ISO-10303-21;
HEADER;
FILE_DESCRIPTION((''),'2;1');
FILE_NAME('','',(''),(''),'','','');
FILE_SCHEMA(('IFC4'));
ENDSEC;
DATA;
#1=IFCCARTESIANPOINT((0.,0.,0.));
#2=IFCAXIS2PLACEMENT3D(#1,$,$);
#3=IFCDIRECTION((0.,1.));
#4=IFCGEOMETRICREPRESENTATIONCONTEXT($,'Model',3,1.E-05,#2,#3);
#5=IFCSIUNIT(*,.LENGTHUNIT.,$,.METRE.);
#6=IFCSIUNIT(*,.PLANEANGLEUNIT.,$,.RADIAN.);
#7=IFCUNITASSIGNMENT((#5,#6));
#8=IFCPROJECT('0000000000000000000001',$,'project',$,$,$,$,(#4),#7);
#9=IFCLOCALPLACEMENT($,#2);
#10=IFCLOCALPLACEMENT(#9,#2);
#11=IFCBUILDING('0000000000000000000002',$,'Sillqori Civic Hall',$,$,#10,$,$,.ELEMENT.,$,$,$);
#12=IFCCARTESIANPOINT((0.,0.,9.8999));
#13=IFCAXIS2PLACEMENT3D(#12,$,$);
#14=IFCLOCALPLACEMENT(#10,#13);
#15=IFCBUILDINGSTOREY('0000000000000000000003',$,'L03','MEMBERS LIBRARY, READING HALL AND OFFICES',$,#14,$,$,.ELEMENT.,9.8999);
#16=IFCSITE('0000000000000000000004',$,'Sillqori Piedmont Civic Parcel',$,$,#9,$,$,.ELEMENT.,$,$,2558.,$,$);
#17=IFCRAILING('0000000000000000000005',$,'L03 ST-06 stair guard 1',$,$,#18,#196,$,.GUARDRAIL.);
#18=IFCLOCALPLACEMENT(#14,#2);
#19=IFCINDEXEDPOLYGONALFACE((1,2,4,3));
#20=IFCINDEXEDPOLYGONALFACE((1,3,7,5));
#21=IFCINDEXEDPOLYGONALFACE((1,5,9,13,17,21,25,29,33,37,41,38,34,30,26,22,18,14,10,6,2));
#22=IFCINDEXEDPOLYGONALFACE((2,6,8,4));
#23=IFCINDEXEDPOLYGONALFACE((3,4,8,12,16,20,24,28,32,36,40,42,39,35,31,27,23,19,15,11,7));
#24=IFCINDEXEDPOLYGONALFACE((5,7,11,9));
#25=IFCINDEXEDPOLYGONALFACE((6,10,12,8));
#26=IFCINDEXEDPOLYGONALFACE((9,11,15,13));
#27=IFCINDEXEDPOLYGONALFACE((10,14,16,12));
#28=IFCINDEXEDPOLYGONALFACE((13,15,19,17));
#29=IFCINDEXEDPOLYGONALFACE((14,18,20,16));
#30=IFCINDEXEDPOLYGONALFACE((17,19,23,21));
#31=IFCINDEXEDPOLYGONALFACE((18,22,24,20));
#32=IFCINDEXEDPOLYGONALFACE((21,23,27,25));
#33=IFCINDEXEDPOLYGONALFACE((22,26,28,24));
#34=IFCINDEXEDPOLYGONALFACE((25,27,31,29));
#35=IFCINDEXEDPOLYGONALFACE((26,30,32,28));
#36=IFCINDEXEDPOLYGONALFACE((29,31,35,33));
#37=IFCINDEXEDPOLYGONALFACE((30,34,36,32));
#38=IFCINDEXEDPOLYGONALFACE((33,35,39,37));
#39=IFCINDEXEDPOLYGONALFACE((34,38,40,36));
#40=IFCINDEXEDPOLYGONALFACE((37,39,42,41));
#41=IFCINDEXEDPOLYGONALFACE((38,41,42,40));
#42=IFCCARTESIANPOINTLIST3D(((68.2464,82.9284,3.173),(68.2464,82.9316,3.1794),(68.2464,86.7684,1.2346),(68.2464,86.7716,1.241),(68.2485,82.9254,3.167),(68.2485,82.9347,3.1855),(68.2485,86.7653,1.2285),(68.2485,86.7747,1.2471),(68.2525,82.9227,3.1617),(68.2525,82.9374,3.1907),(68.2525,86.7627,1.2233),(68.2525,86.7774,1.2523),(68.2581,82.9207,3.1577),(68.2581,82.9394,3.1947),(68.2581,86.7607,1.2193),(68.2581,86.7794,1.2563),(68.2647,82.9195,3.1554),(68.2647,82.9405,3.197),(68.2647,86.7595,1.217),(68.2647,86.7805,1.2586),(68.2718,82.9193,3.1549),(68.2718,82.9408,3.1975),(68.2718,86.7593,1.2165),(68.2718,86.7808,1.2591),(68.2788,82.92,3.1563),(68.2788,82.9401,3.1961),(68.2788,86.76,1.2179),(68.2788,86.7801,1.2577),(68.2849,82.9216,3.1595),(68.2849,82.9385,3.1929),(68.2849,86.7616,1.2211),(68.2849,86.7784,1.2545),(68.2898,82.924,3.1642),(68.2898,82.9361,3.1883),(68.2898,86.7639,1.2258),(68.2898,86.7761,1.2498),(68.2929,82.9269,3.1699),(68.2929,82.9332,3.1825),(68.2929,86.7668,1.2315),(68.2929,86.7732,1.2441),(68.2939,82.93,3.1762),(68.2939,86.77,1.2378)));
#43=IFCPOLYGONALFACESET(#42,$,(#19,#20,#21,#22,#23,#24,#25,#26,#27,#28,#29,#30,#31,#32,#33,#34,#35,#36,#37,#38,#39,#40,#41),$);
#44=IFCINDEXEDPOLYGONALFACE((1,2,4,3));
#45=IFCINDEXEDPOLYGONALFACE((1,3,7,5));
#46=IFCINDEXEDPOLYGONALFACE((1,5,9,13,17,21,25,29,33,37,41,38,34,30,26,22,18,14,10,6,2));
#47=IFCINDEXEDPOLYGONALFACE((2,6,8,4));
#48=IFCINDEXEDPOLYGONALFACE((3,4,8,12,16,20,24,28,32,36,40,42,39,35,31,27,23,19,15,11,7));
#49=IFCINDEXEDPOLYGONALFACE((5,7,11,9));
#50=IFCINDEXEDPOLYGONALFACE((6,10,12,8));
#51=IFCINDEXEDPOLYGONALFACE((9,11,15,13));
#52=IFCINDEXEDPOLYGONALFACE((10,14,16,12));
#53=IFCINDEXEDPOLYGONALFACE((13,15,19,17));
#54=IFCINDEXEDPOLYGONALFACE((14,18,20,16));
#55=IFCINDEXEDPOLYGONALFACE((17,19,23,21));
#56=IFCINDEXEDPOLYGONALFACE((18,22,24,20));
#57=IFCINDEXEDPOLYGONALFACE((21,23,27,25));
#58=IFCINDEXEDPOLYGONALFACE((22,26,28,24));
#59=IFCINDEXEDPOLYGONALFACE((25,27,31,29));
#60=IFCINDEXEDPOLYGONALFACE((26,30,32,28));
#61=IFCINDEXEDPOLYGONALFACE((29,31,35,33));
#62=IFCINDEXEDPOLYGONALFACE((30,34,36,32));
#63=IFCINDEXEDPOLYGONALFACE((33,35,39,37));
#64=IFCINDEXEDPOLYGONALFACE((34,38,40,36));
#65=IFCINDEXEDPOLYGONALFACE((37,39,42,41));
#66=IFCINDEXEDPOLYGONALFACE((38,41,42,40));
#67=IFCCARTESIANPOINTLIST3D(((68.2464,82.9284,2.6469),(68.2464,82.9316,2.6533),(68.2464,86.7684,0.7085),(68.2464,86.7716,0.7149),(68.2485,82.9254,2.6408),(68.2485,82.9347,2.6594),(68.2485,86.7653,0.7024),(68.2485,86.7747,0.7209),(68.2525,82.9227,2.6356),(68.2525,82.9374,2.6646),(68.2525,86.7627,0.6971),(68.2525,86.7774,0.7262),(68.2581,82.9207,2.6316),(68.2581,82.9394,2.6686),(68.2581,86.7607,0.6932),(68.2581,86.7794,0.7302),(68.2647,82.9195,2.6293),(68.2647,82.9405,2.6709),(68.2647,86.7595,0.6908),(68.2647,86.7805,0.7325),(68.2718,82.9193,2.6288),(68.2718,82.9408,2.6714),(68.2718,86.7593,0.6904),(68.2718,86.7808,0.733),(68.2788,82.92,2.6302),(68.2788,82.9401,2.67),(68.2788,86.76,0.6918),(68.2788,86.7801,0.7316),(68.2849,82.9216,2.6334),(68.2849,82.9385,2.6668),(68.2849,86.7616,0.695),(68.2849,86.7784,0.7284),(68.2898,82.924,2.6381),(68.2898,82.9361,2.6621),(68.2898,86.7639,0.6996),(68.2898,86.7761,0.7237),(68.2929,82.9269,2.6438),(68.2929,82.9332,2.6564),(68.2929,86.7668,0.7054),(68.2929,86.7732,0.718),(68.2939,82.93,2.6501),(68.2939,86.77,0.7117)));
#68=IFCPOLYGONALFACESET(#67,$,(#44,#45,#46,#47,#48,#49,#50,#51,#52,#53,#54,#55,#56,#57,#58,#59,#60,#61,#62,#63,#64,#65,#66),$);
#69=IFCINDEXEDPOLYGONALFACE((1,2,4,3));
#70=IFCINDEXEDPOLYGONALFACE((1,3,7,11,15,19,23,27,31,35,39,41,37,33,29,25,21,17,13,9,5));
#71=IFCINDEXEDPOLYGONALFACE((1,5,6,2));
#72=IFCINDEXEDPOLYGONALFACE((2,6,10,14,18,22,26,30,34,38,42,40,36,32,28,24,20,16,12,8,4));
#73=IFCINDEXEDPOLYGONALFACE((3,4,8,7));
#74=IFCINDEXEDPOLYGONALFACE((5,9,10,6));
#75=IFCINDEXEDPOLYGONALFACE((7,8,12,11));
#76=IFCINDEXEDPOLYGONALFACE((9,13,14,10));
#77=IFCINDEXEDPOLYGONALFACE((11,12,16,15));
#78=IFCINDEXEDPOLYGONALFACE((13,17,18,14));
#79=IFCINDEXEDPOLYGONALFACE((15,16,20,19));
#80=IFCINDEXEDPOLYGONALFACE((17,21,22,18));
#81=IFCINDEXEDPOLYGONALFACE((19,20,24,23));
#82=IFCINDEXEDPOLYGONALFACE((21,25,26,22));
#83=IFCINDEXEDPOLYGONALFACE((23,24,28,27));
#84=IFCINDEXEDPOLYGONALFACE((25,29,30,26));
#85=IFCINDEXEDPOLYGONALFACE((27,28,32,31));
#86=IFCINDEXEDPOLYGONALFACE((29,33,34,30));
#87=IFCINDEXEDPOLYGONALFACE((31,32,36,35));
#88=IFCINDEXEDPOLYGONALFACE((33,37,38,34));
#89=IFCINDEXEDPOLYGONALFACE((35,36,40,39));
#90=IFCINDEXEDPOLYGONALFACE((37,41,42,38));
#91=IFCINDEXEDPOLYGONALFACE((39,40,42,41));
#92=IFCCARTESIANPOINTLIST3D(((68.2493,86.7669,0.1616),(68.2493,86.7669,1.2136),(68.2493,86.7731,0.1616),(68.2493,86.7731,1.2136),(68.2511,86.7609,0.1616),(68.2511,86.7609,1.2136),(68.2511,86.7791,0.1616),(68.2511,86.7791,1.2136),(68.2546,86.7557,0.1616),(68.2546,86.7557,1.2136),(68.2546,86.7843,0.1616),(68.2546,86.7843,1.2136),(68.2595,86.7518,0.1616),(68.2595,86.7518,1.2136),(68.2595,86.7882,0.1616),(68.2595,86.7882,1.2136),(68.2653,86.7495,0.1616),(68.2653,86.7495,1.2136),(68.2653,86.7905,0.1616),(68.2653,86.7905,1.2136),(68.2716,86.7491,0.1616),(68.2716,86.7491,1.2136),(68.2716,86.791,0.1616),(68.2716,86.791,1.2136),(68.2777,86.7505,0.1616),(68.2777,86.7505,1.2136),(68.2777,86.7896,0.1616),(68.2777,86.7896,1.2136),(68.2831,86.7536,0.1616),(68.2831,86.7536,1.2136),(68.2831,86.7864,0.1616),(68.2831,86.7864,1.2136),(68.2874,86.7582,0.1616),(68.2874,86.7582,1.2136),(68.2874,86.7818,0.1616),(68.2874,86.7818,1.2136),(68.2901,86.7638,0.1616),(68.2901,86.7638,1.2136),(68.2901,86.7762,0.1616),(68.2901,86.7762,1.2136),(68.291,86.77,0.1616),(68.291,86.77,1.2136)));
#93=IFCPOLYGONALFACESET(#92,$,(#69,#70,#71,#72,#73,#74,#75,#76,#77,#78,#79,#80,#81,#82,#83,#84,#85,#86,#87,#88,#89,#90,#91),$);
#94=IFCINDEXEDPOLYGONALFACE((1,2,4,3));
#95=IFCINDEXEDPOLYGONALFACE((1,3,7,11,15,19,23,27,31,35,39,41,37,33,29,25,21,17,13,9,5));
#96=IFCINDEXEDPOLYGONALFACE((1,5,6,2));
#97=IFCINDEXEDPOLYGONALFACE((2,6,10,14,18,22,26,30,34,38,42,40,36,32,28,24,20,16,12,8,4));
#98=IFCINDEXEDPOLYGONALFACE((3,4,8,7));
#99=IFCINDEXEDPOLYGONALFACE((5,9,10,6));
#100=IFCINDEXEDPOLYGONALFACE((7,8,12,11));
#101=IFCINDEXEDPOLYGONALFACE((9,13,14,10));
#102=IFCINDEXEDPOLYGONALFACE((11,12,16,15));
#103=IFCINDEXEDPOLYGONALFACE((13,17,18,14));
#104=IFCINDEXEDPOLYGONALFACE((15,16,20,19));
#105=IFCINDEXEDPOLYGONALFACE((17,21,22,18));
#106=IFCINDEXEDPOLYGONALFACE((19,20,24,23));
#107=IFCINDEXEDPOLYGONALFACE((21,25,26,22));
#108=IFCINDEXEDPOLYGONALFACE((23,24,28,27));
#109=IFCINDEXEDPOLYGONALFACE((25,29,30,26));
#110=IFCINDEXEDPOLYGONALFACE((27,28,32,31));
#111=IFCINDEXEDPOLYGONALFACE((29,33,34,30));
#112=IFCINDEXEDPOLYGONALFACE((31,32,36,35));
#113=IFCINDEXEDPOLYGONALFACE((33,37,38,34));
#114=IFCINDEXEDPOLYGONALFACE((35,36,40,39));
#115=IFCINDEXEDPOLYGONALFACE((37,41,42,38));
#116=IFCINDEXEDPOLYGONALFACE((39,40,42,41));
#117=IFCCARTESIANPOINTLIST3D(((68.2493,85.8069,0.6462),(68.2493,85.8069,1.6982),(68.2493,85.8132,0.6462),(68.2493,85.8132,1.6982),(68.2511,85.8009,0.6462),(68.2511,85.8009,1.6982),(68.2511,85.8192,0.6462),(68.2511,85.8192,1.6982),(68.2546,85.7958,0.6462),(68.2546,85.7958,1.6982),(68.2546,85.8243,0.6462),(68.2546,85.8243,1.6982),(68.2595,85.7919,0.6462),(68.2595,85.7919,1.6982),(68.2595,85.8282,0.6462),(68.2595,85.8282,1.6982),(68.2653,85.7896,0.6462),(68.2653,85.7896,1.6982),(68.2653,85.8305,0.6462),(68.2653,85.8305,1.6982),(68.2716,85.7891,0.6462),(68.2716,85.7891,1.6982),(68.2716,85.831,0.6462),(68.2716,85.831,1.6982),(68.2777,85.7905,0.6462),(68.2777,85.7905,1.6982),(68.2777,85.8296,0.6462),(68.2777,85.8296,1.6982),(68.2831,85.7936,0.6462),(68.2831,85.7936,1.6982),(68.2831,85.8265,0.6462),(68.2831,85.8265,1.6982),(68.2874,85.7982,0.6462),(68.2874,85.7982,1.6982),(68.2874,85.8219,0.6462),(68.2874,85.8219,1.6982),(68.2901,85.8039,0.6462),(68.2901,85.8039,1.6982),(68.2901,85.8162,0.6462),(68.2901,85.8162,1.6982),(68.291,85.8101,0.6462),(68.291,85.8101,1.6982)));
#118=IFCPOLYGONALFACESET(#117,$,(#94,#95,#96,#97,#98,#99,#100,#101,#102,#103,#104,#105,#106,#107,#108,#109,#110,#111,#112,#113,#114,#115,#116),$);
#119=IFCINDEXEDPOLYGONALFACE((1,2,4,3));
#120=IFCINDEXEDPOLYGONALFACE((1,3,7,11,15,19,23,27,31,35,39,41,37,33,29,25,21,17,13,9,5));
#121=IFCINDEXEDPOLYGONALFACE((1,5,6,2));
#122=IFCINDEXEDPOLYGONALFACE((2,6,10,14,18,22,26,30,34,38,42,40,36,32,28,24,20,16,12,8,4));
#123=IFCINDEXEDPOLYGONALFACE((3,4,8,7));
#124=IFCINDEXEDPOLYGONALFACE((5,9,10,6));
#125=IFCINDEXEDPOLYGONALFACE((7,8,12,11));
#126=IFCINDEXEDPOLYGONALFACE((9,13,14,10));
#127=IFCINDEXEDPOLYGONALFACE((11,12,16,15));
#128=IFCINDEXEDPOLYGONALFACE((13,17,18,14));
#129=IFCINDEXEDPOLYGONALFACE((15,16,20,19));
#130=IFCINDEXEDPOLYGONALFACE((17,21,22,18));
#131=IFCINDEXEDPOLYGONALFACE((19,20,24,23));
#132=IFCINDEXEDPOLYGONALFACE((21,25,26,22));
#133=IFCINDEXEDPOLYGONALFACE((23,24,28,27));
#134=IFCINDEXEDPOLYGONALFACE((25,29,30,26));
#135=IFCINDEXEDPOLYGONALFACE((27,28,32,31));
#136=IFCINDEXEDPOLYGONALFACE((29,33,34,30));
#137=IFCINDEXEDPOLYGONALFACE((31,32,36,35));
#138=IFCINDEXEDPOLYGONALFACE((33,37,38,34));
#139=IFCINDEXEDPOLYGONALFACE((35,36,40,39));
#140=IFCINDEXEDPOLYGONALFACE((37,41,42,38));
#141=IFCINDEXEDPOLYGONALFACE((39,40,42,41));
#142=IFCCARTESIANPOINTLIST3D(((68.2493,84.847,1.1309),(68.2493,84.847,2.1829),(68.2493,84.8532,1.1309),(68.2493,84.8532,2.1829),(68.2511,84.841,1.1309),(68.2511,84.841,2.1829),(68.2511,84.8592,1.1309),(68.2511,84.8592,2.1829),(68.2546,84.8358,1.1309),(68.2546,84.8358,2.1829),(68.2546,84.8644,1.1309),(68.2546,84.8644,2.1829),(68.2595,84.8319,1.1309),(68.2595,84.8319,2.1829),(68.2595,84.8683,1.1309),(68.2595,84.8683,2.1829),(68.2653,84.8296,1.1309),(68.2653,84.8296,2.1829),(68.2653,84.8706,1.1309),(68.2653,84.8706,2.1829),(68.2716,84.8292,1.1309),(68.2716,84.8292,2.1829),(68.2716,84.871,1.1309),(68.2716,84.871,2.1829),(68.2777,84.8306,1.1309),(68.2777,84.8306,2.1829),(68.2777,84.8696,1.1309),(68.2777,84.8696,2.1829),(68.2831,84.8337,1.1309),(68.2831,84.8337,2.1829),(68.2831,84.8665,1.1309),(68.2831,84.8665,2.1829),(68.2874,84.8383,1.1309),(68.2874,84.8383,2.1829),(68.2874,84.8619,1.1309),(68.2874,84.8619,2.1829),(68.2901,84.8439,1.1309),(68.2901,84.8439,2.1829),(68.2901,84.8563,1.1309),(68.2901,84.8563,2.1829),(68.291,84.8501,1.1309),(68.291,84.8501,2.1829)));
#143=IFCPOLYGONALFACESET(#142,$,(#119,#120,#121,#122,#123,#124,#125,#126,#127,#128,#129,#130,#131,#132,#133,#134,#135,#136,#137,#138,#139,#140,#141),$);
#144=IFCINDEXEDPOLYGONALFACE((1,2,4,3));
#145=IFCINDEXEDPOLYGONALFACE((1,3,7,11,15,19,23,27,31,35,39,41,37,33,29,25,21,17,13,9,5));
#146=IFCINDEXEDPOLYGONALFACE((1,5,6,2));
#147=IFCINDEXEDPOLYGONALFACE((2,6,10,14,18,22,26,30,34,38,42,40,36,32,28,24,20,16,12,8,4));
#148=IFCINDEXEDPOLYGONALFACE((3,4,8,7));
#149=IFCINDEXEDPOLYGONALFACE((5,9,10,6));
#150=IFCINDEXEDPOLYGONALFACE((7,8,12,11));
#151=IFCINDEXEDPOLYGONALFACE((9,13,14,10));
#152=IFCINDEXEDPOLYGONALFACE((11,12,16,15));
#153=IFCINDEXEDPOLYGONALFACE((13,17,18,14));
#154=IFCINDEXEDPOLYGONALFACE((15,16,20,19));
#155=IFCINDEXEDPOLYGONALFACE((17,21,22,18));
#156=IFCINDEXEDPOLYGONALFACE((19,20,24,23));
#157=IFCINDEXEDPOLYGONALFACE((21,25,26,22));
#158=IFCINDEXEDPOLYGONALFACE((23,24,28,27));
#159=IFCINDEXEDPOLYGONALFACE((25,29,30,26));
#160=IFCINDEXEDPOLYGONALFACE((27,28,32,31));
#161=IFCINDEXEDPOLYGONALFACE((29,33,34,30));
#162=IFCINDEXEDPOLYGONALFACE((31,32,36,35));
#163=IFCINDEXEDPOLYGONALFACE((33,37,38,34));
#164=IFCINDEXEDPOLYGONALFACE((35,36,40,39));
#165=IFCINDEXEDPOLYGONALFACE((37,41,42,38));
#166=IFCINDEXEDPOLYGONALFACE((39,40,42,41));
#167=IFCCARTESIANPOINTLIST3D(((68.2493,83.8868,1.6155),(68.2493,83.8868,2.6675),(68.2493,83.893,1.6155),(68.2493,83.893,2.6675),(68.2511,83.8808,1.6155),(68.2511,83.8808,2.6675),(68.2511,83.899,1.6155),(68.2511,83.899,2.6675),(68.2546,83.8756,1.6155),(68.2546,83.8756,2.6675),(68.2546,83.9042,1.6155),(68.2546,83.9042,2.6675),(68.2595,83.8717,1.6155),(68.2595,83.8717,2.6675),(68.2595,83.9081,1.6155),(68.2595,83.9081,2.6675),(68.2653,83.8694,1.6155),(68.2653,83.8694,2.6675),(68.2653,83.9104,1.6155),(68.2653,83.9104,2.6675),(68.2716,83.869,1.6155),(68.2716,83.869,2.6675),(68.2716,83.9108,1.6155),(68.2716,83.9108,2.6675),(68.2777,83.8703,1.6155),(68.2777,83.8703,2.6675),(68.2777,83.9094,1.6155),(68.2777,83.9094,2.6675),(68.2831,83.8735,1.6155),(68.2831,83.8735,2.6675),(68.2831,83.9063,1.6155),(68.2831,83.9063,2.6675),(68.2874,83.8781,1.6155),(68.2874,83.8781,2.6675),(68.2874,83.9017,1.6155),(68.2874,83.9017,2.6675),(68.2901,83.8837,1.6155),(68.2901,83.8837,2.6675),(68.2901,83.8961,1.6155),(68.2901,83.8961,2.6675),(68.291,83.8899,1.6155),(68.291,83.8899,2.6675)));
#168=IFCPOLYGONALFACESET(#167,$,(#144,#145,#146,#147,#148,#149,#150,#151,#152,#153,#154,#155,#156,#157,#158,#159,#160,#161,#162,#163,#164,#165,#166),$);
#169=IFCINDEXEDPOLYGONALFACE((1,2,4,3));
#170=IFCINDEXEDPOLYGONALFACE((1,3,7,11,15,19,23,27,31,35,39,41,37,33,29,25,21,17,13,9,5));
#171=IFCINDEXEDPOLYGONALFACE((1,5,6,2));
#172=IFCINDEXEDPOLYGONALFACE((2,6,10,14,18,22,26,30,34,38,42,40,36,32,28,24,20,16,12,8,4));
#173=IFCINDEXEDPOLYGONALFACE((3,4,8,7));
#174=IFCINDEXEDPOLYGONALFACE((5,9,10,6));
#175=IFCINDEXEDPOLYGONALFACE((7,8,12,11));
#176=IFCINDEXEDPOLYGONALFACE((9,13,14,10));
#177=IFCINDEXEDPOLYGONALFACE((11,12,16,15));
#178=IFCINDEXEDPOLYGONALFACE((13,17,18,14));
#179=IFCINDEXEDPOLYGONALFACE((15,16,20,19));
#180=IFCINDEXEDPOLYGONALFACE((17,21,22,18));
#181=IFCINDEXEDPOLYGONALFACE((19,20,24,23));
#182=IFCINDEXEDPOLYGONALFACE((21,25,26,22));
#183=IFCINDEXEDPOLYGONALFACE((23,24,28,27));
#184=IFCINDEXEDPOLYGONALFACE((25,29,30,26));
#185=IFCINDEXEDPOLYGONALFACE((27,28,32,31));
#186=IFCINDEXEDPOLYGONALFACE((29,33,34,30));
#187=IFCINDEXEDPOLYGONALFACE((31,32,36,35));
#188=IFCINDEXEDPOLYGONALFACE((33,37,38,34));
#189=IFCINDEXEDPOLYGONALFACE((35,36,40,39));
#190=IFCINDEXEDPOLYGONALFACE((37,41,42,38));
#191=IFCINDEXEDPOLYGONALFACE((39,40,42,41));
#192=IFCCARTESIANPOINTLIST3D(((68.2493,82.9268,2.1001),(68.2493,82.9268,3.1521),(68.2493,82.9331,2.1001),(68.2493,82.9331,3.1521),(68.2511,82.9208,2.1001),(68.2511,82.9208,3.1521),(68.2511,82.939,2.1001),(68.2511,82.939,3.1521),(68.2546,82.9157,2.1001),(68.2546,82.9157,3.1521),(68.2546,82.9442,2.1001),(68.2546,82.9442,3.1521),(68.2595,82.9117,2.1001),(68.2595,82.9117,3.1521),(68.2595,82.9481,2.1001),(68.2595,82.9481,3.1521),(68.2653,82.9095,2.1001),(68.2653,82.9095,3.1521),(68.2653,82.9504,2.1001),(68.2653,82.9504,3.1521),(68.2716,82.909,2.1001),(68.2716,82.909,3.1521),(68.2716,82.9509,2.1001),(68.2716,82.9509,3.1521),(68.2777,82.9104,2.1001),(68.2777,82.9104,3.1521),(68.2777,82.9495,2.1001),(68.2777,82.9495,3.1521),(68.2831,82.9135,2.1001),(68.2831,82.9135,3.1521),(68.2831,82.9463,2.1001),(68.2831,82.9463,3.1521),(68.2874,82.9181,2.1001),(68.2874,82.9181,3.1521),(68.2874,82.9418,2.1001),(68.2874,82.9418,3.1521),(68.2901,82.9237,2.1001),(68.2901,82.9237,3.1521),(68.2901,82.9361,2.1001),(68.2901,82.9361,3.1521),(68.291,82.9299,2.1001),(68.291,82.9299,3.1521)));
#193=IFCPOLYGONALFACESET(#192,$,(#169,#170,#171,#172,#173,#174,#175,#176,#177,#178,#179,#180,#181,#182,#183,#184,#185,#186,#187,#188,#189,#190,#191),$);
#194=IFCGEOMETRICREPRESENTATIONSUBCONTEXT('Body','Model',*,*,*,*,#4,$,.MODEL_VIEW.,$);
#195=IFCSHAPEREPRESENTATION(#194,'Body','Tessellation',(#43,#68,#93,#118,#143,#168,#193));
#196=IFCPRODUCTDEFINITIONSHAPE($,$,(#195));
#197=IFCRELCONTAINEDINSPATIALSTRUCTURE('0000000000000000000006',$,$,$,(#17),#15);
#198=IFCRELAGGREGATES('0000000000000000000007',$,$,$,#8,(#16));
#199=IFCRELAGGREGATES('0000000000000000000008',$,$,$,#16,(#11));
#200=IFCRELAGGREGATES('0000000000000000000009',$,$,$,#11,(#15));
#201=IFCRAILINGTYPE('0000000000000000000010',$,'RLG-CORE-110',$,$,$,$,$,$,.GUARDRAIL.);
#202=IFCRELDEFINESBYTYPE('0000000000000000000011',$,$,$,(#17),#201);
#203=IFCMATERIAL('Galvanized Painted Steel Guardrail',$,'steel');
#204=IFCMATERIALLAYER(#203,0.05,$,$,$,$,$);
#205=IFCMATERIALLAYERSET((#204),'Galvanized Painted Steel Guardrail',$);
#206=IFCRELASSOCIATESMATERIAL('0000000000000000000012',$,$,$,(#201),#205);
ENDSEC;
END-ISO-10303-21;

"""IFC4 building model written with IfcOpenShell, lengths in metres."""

from ifc_helpers import new_model, si_unit, direction, frame, origin, origin_2d, place, context, subcontext, project, spatial, circle, extrude, material, layer, layer_set, type_object, element, save


model = new_model("IFC4")

# Units and contexts
model_context = context("Model", 3, precision=1e-05, world=origin(), true_north=direction((0.0, 1.0)))
body_context = subcontext(model_context, "Body", "Model", "MODEL_VIEW")
ifc_project = project(units=[si_unit("LENGTHUNIT", "METRE"), si_unit("PLANEANGLEUNIT", "RADIAN")], contexts=[model_context])

# Site, building, storey
site_placement = place(None, origin())
site = spatial("IfcSite", under=ifc_project, at=site_placement, Name="Sillqori Piedmont Civic Parcel", CompositionType="ELEMENT", RefElevation=2558.0)
building_placement = place(site_placement, origin())
building = spatial("IfcBuilding", under=site, at=building_placement, Name="Sillqori Civic Hall", CompositionType="ELEMENT")
storey_placement = place(building_placement, frame((0.0, 0.0, 9.8999)))
storey = spatial("IfcBuildingStorey", under=building, at=storey_placement, Name="L03", Description="MEMBERS LIBRARY, READING HALL AND OFFICES", CompositionType="ELEMENT", Elevation=9.8999)

# Railing
ifc_material_1 = material(Name="Galvanized Painted Steel Guardrail", Category="steel")
ifc_layer_1 = layer(ifc_material_1, 0.05)
ifc_layer_set_1 = layer_set([ifc_layer_1], Name="Galvanized Painted Steel Guardrail")
railing_type_1 = type_object("IfcRailingType", Name="RLG-CORE-110", PredefinedType="GUARDRAIL", material=ifc_layer_set_1)
railing_1_placement = place(storey_placement, frame((68.27, 86.77, 0.1616)))
element("IfcRailing", 1, at=railing_1_placement, inside=storey, type_object=railing_type_1, Name="L03 ST-06 stair guard 1", PredefinedType="GUARDRAIL", context=body_context, shape_type="SweptSolid", body=[
    extrude(circle(Radius=0.0239, at=origin_2d()), frame((0.0, 0.0, 1.0762), z_axis=(0.0, -0.892707, 0.450638), x_axis=(1.0, 0.0, 0.0)), (0.0, 0.0, 1.0), 4.3015),
    extrude(circle(Radius=0.0239, at=origin_2d()), frame((0.0, 0.0, 0.55), z_axis=(0.0, -0.892707, 0.450638), x_axis=(1.0, 0.0, 0.0)), (0.0, 0.0, 1.0), 4.3015),
    extrude(circle(Radius=0.021, at=origin_2d()), origin(), (0.0, 0.0, 1.0), 1.052),
    extrude(circle(Radius=0.021, at=origin_2d()), frame((0.0, -0.96, 0.4846)), (0.0, 0.0, 1.0), 1.052),
    extrude(circle(Radius=0.021, at=origin_2d()), frame((0.0, -1.9199, 0.9692)), (0.0, 0.0, 1.0), 1.052),
    extrude(circle(Radius=0.021, at=origin_2d()), frame((0.0, -2.8801, 1.4539)), (0.0, 0.0, 1.0), 1.052),
    extrude(circle(Radius=0.021, at=origin_2d()), frame((0.0, -3.8401, 1.9385)), (0.0, 0.0, 1.0), 1.052),
])

save(model, "model.ifc")
